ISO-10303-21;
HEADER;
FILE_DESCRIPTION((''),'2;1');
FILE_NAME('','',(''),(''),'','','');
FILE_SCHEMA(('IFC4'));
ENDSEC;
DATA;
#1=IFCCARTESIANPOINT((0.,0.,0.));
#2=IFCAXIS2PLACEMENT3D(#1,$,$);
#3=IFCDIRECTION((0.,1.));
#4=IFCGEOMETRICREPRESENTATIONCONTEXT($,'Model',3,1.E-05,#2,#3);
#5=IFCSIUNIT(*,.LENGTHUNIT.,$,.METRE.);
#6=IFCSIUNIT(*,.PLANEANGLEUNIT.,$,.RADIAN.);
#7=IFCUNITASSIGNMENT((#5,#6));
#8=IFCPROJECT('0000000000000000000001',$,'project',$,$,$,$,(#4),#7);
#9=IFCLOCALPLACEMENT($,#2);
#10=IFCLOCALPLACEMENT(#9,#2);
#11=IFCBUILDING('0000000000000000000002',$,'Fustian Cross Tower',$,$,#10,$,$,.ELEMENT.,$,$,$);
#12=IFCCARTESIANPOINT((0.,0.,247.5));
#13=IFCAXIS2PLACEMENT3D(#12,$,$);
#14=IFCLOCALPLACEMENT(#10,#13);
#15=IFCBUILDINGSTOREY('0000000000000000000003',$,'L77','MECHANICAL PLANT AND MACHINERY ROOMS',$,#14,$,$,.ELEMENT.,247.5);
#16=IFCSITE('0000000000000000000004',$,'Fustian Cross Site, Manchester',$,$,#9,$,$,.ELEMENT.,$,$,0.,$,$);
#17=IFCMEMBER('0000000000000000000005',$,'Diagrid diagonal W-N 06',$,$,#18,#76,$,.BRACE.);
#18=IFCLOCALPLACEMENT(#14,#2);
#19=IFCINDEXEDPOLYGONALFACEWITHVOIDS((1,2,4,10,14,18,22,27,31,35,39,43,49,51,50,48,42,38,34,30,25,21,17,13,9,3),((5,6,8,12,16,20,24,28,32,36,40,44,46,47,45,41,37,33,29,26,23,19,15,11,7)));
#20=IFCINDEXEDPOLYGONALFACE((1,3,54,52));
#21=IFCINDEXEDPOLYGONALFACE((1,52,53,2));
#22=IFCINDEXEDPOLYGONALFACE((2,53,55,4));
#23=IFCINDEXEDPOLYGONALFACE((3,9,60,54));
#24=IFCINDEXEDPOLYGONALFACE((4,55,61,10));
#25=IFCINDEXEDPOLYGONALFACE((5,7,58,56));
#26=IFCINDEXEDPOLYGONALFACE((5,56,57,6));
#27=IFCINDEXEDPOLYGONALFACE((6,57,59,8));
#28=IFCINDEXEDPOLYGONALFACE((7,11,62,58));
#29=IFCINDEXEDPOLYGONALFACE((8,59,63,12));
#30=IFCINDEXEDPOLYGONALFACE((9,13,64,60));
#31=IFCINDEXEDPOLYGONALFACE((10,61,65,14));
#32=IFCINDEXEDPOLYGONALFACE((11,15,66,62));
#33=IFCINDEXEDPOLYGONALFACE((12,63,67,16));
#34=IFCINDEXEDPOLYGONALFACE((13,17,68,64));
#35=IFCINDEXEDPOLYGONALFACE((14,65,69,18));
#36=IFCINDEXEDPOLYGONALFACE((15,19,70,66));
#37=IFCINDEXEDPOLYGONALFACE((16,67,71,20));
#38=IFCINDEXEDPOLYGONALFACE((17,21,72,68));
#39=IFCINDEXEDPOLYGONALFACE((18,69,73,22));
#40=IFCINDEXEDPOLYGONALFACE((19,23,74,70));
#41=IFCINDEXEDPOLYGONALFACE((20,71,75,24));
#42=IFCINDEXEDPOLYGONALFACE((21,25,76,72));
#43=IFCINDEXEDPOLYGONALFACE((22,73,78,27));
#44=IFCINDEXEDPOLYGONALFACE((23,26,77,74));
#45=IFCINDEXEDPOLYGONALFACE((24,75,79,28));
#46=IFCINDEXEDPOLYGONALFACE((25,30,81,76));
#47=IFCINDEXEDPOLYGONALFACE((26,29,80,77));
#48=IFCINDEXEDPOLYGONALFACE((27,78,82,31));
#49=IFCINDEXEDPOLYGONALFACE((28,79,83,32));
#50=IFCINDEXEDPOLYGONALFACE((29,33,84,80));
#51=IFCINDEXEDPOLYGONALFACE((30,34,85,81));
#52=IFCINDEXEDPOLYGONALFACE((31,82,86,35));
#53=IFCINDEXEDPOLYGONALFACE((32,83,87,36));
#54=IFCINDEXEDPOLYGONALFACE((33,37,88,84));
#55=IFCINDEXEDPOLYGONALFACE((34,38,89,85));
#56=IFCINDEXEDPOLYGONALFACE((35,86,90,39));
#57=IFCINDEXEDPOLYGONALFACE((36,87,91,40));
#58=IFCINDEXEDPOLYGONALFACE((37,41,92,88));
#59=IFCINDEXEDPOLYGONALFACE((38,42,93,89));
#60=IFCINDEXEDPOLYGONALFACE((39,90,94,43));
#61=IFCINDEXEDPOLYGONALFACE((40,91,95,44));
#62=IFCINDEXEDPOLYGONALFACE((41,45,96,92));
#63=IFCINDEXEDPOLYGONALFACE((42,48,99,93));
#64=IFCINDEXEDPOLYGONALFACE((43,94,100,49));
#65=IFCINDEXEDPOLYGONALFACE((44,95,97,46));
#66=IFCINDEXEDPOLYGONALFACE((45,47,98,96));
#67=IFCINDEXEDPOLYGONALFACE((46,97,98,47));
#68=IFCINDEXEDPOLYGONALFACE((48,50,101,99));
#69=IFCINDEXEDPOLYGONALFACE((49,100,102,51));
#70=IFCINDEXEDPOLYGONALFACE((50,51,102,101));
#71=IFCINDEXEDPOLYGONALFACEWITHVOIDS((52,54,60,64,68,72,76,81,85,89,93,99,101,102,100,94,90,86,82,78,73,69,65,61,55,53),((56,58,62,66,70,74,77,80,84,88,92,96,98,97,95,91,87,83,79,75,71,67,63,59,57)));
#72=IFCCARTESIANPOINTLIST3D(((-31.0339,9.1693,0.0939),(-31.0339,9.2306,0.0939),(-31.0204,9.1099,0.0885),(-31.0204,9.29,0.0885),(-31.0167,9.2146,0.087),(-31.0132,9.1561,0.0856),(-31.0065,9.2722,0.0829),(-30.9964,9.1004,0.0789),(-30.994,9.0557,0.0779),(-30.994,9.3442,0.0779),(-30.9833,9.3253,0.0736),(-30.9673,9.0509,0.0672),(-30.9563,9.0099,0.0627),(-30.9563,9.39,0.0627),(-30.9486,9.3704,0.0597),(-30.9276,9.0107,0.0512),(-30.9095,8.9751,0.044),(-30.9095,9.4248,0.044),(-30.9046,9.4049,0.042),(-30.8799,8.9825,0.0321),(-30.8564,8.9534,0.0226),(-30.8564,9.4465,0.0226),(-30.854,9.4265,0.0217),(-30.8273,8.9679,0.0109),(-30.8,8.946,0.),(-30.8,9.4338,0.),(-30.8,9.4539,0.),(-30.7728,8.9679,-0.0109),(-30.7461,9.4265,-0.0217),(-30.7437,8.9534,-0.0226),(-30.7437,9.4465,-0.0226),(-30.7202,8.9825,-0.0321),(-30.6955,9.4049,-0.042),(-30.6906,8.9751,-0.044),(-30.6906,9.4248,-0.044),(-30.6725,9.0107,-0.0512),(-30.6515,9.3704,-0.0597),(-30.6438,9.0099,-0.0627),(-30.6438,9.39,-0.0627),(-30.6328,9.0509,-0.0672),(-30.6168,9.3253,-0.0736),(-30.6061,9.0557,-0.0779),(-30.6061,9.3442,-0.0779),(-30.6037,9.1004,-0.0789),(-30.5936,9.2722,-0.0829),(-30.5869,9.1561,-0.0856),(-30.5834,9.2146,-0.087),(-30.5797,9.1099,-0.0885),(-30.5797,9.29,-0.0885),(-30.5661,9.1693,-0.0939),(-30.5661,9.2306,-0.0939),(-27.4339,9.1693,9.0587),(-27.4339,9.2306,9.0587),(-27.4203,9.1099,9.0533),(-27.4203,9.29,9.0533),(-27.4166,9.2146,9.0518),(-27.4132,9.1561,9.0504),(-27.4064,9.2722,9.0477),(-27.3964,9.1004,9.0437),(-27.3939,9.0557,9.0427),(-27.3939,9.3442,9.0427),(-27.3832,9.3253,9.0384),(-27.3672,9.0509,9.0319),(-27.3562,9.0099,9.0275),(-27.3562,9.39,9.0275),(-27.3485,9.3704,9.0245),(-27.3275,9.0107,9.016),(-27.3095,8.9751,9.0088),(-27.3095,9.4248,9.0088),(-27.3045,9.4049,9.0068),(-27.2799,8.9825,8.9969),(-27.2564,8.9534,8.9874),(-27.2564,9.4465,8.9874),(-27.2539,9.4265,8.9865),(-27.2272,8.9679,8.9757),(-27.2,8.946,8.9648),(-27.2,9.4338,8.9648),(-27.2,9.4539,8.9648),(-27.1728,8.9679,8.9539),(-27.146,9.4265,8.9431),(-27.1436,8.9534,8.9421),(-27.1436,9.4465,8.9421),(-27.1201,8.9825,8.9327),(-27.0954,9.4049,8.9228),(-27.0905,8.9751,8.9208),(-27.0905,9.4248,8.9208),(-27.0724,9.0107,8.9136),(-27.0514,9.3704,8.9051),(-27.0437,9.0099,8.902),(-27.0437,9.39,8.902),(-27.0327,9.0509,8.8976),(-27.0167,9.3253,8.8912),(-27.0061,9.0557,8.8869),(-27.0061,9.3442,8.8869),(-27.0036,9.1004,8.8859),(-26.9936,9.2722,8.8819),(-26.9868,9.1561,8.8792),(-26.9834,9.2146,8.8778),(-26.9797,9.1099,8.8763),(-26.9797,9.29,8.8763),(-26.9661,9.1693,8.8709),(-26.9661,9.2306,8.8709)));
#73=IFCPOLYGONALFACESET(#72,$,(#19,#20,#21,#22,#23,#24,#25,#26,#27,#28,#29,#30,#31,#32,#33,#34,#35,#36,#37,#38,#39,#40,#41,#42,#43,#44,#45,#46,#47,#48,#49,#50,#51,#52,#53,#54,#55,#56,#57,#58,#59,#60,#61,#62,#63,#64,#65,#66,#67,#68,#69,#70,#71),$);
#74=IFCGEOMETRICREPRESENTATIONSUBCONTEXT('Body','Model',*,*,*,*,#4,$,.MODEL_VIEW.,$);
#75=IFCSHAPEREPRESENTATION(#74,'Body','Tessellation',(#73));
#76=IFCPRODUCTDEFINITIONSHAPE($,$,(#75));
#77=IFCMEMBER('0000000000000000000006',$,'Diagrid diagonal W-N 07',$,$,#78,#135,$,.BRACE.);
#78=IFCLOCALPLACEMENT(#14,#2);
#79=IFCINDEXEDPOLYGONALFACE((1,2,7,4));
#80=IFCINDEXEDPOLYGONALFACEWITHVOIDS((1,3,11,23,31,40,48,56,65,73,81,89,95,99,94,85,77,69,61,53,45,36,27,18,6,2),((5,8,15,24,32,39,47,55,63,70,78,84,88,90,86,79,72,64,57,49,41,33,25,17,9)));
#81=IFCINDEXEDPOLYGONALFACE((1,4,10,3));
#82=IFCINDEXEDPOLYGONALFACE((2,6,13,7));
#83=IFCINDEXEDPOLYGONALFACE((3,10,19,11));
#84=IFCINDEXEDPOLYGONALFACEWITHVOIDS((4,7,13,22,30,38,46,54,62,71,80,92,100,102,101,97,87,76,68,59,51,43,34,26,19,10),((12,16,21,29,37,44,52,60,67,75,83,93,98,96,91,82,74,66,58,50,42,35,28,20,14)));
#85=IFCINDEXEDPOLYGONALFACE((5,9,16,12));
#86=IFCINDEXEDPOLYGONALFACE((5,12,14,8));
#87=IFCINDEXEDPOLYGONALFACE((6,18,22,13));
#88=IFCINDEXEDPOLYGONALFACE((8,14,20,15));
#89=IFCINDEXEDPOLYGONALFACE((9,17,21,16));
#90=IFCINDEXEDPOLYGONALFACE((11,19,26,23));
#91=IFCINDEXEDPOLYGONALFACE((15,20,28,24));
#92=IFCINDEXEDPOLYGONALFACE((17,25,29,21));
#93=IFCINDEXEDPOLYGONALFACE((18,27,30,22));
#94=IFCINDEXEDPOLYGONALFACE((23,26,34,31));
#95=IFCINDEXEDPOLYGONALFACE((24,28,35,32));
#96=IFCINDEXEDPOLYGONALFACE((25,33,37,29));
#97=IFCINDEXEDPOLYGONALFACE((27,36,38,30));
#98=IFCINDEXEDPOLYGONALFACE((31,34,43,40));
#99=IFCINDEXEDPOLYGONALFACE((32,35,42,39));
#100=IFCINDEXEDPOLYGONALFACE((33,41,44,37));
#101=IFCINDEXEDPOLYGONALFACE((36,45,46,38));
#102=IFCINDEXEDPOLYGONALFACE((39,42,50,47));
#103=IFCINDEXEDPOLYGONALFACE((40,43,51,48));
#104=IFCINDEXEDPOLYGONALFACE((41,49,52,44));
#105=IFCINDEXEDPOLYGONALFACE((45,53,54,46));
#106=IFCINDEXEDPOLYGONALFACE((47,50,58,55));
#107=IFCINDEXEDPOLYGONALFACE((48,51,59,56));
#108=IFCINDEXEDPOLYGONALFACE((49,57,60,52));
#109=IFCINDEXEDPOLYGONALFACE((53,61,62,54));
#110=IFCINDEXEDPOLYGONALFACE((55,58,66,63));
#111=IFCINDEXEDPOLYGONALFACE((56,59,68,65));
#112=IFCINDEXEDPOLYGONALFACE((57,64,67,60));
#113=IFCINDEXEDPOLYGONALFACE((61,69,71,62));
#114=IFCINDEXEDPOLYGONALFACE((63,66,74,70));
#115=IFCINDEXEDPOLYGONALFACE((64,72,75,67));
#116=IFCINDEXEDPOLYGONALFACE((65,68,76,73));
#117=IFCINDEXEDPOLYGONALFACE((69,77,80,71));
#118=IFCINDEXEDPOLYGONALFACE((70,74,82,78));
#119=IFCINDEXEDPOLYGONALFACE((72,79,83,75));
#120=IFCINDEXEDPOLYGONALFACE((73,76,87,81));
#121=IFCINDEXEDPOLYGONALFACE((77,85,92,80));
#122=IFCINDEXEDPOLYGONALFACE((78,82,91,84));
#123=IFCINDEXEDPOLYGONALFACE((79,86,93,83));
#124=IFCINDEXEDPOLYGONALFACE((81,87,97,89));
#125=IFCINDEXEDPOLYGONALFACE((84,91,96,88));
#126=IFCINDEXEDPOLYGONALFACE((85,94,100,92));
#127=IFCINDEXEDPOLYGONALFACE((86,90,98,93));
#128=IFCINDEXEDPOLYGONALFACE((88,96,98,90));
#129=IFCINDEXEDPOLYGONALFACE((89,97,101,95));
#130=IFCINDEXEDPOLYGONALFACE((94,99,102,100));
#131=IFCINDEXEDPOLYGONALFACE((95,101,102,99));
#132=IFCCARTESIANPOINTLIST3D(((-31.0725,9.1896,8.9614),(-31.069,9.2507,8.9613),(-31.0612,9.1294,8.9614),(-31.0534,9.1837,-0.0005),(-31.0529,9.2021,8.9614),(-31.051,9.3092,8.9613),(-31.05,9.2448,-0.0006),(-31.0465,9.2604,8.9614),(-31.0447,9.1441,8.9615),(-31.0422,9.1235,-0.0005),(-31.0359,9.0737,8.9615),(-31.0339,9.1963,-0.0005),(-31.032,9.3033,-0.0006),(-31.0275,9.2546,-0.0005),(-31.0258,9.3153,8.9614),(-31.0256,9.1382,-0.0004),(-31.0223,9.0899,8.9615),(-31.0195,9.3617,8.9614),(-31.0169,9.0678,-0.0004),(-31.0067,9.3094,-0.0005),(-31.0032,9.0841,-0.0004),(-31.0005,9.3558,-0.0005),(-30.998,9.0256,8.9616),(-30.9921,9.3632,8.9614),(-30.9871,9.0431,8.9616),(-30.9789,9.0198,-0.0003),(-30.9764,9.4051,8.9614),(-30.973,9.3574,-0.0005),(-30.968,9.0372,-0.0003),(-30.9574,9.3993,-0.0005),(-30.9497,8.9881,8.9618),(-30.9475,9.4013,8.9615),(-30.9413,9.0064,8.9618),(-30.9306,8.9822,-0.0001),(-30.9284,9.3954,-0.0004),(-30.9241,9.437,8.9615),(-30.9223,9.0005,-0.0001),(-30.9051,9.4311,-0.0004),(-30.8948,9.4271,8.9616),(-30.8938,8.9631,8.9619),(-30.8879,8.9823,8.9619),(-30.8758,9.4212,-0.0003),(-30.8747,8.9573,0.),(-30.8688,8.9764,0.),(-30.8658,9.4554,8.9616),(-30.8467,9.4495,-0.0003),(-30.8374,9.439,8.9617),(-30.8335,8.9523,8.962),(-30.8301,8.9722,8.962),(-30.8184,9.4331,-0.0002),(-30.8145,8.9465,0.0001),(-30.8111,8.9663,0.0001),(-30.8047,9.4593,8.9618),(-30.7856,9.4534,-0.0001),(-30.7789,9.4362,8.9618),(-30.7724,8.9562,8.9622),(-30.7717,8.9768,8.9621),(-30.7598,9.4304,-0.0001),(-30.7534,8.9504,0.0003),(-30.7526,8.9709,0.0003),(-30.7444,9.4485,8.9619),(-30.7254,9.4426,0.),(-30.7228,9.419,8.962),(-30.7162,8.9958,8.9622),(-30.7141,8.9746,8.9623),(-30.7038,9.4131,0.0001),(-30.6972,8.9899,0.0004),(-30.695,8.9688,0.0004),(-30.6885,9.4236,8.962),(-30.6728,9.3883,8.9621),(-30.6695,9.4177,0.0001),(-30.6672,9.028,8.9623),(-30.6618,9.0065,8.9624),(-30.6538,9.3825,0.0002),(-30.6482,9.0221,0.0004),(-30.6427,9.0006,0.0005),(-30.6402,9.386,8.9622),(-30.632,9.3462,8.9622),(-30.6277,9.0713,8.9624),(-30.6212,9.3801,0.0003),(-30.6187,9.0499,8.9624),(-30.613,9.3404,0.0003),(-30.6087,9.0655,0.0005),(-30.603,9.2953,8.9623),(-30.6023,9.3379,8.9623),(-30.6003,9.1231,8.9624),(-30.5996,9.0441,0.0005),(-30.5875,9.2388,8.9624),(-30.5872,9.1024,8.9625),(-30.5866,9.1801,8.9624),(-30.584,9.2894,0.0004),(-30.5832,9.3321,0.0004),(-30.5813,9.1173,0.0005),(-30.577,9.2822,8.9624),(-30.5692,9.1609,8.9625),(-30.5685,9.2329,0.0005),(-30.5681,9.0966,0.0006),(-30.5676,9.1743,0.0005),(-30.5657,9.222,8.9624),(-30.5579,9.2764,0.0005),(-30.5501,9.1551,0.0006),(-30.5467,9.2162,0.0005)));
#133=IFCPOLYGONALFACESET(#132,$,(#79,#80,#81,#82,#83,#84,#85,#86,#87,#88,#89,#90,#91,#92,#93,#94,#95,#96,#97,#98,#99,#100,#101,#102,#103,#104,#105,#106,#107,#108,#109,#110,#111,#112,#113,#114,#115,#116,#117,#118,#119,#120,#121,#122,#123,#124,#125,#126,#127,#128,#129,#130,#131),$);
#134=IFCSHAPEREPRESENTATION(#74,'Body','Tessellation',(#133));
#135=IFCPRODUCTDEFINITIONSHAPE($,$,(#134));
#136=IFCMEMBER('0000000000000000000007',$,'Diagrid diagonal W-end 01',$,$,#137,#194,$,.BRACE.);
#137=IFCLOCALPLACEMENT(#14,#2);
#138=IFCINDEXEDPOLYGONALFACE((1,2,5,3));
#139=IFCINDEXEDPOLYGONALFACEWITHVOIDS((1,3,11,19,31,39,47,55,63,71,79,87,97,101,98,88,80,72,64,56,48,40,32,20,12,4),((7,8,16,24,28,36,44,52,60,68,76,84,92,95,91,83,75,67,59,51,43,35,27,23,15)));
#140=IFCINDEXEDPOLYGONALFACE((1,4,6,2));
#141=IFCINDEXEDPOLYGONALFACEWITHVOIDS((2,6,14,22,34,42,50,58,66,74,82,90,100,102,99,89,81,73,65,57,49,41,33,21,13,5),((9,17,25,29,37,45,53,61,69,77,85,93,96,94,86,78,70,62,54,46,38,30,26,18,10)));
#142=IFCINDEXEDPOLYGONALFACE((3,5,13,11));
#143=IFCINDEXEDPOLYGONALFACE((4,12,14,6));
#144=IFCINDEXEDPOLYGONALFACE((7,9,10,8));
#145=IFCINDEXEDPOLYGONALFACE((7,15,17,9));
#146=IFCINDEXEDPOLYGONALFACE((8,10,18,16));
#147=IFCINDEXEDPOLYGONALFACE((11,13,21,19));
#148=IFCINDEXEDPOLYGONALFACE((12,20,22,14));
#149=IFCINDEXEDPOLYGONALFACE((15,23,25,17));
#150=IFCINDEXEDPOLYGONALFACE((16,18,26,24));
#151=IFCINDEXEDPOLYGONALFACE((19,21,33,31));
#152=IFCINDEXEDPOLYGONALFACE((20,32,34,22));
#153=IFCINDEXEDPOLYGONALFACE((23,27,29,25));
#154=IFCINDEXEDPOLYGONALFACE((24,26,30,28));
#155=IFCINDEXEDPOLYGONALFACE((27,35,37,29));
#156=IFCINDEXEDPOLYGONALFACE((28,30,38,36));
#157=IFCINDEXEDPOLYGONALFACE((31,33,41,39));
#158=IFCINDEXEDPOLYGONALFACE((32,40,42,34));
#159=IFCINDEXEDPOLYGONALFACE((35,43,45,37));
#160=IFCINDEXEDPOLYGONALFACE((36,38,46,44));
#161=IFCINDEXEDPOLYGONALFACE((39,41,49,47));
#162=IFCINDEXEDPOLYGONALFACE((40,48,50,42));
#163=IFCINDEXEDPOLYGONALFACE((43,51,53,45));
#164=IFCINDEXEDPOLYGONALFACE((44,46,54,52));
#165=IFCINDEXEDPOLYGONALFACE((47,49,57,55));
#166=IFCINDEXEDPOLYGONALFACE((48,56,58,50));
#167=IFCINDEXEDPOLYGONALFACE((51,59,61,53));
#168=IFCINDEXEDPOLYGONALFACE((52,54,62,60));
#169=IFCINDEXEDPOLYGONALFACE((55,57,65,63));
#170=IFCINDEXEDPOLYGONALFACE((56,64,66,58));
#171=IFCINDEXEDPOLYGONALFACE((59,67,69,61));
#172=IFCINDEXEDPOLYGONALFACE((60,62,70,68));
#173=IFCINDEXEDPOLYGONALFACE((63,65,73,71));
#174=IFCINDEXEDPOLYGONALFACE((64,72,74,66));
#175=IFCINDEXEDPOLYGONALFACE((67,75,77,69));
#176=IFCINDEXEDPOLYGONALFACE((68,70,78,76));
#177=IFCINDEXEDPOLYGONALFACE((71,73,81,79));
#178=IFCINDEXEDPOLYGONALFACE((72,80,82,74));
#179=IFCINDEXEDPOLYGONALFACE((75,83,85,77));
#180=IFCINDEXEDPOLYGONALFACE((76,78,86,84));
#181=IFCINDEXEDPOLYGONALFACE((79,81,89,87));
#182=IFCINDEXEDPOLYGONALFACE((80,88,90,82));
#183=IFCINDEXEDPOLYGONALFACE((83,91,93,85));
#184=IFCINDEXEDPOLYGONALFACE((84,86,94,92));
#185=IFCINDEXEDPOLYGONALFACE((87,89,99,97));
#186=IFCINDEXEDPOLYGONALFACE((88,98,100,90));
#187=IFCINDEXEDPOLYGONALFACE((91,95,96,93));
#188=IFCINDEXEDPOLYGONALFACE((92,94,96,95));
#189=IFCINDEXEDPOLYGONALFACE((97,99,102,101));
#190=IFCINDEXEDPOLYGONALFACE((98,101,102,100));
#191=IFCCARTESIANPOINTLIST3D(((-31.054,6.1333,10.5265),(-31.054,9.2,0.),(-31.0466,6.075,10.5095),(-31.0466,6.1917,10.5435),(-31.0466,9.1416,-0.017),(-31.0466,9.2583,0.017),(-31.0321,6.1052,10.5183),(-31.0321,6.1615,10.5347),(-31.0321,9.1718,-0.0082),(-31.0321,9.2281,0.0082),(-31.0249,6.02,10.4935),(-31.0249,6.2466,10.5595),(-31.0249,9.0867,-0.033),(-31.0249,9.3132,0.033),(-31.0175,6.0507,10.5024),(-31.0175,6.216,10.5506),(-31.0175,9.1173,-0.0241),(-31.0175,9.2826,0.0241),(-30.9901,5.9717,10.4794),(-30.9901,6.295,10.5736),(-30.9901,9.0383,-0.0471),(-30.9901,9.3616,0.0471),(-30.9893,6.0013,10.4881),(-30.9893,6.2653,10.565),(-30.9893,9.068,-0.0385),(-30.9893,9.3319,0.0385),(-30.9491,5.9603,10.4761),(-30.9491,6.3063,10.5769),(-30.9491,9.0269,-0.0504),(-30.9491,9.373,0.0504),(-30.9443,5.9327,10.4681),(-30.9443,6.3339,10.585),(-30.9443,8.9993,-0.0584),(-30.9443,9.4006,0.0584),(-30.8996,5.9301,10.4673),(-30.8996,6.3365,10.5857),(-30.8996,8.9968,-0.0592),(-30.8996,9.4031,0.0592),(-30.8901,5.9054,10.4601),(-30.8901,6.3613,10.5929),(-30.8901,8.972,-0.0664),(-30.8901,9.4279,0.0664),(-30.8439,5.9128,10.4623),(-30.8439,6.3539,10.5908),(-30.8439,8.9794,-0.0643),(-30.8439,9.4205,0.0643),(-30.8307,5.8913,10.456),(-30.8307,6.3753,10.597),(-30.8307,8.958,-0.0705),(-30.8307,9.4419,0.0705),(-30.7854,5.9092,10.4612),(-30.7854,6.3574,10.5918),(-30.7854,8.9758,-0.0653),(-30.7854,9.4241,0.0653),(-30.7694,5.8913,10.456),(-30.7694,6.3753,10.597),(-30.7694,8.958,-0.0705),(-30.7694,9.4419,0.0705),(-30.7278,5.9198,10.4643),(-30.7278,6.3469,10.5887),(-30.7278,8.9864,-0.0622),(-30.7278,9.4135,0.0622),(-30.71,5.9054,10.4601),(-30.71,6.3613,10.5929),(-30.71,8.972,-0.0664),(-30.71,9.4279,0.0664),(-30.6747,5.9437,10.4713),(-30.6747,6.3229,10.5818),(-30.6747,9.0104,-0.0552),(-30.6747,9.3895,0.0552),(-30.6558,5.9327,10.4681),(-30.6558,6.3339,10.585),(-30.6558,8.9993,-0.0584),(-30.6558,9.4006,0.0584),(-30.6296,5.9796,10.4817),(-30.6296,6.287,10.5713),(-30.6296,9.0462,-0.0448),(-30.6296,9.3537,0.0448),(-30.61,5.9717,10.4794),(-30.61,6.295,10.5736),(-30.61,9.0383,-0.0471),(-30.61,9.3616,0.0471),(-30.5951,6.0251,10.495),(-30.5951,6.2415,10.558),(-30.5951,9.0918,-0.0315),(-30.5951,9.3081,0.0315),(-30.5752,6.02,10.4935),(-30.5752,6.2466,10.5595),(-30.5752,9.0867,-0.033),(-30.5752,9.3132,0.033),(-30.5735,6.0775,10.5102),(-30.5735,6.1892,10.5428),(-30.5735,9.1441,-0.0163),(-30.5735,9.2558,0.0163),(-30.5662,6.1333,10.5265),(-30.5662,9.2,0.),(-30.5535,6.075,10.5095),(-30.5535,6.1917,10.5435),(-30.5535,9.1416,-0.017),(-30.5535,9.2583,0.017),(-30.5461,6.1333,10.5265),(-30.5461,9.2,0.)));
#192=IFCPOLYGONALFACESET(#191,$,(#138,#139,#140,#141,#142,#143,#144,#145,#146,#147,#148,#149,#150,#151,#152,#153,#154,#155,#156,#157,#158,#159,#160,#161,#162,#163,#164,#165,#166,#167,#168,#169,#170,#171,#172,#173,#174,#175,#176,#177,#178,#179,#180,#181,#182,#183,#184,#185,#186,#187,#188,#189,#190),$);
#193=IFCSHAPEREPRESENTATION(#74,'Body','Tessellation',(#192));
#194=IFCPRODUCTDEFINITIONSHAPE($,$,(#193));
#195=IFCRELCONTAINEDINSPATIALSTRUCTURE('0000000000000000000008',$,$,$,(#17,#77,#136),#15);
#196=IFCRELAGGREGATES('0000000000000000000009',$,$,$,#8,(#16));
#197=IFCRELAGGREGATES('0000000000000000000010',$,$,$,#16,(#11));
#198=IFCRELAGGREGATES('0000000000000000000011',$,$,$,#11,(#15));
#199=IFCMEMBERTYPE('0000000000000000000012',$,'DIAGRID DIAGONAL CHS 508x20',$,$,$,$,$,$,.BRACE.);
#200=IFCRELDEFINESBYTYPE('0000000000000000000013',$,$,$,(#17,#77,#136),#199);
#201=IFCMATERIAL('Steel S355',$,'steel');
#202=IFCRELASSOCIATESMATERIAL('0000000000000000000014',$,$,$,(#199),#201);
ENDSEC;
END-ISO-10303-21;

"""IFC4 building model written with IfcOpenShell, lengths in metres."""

from ifc_helpers import new_model, si_unit, direction, frame, origin, origin_2d, place, context, subcontext, project, spatial, hollow_circle, extrude, material, material_profile, profile_set, type_object, element, save


model = new_model("IFC4")

# Units and contexts
model_context = context("Model", 3, precision=1e-05, world=origin(), true_north=direction((0.0, 1.0)))
body_context = subcontext(model_context, "Body", "Model", "MODEL_VIEW")
ifc_project = project(units=[si_unit("LENGTHUNIT", "METRE"), si_unit("PLANEANGLEUNIT", "RADIAN")], contexts=[model_context])

# Site, building, storey
site_placement = place(None, origin())
site = spatial("IfcSite", under=ifc_project, at=site_placement, Name="Fustian Cross Site, Manchester", CompositionType="ELEMENT", RefElevation=0.0)
building_placement = place(site_placement, origin())
building = spatial("IfcBuilding", under=site, at=building_placement, Name="Fustian Cross Tower", CompositionType="ELEMENT")
storey_placement = place(building_placement, frame((0.0, 0.0, 247.5)))
storey = spatial("IfcBuildingStorey", under=building, at=storey_placement, Name="L77", Description="MECHANICAL PLANT AND MACHINERY ROOMS", CompositionType="ELEMENT", Elevation=247.5)

# Members
ifc_material_1 = material(Name="Steel S355", Category="steel")
ifc_material_profile_1 = material_profile(ifc_material_1, hollow_circle(Radius=0.2539, WallThickness=0.02, at=origin_2d()), Name="CHS 508x20")
ifc_profile_set_1 = profile_set([ifc_material_profile_1], Name="Steel S355")
member_type_1 = type_object("IfcMemberType", Name="DIAGRID DIAGONAL CHS 508x20", PredefinedType="BRACE", material=ifc_profile_set_1)
member_1_placement = place(storey_placement, frame((-30.8, 9.2, 0.0), z_axis=(0.372654, 0.0, 0.92797), x_axis=(0.0, 1.0, 0.0)))
element("IfcMember", 1, at=member_1_placement, inside=storey, type_object=member_type_1, Name="Diagrid diagonal W-N 06", PredefinedType="BRACE", context=body_context, shape_type="SweptSolid", body=[
    extrude(hollow_circle(Radius=0.2539, WallThickness=0.02, at=origin_2d()), origin(), (0.0, 0.0, 1.0), 9.6606),
])
member_2_placement = place(storey_placement, frame((-30.8, 9.2, 0.0), z_axis=(-0.002125, 0.000654, 0.999998), x_axis=(-0.294086, -0.955779, 0.0)))
element("IfcMember", 2, at=member_2_placement, inside=storey, type_object=member_type_1, Name="Diagrid diagonal W-N 07", PredefinedType="BRACE", context=body_context, shape_type="SweptSolid", body=[
    extrude(hollow_circle(Radius=0.2539, WallThickness=0.02, at=origin_2d()), origin(), (0.0, 0.0, 1.0), 8.9619),
])
for number, where, z_axis, x_axis, name in (
    (3, (-30.8, 9.2, 0.0), (0.0, -0.279696, 0.960088), (1.0, 0.0, 0.0), "Diagrid diagonal W-end 01"),
):
    element("IfcMember", number, at=place(storey_placement, frame(where, z_axis=z_axis, x_axis=x_axis)), inside=storey, type_object=member_type_1, Name=name, PredefinedType="BRACE", context=body_context, shape_type="SweptSolid", body=[
        extrude(hollow_circle(Radius=0.2539, WallThickness=0.02, at=origin_2d()), origin(), (0.0, 0.0, 1.0), 10.9641),
    ])

save(model, "model.ifc")
